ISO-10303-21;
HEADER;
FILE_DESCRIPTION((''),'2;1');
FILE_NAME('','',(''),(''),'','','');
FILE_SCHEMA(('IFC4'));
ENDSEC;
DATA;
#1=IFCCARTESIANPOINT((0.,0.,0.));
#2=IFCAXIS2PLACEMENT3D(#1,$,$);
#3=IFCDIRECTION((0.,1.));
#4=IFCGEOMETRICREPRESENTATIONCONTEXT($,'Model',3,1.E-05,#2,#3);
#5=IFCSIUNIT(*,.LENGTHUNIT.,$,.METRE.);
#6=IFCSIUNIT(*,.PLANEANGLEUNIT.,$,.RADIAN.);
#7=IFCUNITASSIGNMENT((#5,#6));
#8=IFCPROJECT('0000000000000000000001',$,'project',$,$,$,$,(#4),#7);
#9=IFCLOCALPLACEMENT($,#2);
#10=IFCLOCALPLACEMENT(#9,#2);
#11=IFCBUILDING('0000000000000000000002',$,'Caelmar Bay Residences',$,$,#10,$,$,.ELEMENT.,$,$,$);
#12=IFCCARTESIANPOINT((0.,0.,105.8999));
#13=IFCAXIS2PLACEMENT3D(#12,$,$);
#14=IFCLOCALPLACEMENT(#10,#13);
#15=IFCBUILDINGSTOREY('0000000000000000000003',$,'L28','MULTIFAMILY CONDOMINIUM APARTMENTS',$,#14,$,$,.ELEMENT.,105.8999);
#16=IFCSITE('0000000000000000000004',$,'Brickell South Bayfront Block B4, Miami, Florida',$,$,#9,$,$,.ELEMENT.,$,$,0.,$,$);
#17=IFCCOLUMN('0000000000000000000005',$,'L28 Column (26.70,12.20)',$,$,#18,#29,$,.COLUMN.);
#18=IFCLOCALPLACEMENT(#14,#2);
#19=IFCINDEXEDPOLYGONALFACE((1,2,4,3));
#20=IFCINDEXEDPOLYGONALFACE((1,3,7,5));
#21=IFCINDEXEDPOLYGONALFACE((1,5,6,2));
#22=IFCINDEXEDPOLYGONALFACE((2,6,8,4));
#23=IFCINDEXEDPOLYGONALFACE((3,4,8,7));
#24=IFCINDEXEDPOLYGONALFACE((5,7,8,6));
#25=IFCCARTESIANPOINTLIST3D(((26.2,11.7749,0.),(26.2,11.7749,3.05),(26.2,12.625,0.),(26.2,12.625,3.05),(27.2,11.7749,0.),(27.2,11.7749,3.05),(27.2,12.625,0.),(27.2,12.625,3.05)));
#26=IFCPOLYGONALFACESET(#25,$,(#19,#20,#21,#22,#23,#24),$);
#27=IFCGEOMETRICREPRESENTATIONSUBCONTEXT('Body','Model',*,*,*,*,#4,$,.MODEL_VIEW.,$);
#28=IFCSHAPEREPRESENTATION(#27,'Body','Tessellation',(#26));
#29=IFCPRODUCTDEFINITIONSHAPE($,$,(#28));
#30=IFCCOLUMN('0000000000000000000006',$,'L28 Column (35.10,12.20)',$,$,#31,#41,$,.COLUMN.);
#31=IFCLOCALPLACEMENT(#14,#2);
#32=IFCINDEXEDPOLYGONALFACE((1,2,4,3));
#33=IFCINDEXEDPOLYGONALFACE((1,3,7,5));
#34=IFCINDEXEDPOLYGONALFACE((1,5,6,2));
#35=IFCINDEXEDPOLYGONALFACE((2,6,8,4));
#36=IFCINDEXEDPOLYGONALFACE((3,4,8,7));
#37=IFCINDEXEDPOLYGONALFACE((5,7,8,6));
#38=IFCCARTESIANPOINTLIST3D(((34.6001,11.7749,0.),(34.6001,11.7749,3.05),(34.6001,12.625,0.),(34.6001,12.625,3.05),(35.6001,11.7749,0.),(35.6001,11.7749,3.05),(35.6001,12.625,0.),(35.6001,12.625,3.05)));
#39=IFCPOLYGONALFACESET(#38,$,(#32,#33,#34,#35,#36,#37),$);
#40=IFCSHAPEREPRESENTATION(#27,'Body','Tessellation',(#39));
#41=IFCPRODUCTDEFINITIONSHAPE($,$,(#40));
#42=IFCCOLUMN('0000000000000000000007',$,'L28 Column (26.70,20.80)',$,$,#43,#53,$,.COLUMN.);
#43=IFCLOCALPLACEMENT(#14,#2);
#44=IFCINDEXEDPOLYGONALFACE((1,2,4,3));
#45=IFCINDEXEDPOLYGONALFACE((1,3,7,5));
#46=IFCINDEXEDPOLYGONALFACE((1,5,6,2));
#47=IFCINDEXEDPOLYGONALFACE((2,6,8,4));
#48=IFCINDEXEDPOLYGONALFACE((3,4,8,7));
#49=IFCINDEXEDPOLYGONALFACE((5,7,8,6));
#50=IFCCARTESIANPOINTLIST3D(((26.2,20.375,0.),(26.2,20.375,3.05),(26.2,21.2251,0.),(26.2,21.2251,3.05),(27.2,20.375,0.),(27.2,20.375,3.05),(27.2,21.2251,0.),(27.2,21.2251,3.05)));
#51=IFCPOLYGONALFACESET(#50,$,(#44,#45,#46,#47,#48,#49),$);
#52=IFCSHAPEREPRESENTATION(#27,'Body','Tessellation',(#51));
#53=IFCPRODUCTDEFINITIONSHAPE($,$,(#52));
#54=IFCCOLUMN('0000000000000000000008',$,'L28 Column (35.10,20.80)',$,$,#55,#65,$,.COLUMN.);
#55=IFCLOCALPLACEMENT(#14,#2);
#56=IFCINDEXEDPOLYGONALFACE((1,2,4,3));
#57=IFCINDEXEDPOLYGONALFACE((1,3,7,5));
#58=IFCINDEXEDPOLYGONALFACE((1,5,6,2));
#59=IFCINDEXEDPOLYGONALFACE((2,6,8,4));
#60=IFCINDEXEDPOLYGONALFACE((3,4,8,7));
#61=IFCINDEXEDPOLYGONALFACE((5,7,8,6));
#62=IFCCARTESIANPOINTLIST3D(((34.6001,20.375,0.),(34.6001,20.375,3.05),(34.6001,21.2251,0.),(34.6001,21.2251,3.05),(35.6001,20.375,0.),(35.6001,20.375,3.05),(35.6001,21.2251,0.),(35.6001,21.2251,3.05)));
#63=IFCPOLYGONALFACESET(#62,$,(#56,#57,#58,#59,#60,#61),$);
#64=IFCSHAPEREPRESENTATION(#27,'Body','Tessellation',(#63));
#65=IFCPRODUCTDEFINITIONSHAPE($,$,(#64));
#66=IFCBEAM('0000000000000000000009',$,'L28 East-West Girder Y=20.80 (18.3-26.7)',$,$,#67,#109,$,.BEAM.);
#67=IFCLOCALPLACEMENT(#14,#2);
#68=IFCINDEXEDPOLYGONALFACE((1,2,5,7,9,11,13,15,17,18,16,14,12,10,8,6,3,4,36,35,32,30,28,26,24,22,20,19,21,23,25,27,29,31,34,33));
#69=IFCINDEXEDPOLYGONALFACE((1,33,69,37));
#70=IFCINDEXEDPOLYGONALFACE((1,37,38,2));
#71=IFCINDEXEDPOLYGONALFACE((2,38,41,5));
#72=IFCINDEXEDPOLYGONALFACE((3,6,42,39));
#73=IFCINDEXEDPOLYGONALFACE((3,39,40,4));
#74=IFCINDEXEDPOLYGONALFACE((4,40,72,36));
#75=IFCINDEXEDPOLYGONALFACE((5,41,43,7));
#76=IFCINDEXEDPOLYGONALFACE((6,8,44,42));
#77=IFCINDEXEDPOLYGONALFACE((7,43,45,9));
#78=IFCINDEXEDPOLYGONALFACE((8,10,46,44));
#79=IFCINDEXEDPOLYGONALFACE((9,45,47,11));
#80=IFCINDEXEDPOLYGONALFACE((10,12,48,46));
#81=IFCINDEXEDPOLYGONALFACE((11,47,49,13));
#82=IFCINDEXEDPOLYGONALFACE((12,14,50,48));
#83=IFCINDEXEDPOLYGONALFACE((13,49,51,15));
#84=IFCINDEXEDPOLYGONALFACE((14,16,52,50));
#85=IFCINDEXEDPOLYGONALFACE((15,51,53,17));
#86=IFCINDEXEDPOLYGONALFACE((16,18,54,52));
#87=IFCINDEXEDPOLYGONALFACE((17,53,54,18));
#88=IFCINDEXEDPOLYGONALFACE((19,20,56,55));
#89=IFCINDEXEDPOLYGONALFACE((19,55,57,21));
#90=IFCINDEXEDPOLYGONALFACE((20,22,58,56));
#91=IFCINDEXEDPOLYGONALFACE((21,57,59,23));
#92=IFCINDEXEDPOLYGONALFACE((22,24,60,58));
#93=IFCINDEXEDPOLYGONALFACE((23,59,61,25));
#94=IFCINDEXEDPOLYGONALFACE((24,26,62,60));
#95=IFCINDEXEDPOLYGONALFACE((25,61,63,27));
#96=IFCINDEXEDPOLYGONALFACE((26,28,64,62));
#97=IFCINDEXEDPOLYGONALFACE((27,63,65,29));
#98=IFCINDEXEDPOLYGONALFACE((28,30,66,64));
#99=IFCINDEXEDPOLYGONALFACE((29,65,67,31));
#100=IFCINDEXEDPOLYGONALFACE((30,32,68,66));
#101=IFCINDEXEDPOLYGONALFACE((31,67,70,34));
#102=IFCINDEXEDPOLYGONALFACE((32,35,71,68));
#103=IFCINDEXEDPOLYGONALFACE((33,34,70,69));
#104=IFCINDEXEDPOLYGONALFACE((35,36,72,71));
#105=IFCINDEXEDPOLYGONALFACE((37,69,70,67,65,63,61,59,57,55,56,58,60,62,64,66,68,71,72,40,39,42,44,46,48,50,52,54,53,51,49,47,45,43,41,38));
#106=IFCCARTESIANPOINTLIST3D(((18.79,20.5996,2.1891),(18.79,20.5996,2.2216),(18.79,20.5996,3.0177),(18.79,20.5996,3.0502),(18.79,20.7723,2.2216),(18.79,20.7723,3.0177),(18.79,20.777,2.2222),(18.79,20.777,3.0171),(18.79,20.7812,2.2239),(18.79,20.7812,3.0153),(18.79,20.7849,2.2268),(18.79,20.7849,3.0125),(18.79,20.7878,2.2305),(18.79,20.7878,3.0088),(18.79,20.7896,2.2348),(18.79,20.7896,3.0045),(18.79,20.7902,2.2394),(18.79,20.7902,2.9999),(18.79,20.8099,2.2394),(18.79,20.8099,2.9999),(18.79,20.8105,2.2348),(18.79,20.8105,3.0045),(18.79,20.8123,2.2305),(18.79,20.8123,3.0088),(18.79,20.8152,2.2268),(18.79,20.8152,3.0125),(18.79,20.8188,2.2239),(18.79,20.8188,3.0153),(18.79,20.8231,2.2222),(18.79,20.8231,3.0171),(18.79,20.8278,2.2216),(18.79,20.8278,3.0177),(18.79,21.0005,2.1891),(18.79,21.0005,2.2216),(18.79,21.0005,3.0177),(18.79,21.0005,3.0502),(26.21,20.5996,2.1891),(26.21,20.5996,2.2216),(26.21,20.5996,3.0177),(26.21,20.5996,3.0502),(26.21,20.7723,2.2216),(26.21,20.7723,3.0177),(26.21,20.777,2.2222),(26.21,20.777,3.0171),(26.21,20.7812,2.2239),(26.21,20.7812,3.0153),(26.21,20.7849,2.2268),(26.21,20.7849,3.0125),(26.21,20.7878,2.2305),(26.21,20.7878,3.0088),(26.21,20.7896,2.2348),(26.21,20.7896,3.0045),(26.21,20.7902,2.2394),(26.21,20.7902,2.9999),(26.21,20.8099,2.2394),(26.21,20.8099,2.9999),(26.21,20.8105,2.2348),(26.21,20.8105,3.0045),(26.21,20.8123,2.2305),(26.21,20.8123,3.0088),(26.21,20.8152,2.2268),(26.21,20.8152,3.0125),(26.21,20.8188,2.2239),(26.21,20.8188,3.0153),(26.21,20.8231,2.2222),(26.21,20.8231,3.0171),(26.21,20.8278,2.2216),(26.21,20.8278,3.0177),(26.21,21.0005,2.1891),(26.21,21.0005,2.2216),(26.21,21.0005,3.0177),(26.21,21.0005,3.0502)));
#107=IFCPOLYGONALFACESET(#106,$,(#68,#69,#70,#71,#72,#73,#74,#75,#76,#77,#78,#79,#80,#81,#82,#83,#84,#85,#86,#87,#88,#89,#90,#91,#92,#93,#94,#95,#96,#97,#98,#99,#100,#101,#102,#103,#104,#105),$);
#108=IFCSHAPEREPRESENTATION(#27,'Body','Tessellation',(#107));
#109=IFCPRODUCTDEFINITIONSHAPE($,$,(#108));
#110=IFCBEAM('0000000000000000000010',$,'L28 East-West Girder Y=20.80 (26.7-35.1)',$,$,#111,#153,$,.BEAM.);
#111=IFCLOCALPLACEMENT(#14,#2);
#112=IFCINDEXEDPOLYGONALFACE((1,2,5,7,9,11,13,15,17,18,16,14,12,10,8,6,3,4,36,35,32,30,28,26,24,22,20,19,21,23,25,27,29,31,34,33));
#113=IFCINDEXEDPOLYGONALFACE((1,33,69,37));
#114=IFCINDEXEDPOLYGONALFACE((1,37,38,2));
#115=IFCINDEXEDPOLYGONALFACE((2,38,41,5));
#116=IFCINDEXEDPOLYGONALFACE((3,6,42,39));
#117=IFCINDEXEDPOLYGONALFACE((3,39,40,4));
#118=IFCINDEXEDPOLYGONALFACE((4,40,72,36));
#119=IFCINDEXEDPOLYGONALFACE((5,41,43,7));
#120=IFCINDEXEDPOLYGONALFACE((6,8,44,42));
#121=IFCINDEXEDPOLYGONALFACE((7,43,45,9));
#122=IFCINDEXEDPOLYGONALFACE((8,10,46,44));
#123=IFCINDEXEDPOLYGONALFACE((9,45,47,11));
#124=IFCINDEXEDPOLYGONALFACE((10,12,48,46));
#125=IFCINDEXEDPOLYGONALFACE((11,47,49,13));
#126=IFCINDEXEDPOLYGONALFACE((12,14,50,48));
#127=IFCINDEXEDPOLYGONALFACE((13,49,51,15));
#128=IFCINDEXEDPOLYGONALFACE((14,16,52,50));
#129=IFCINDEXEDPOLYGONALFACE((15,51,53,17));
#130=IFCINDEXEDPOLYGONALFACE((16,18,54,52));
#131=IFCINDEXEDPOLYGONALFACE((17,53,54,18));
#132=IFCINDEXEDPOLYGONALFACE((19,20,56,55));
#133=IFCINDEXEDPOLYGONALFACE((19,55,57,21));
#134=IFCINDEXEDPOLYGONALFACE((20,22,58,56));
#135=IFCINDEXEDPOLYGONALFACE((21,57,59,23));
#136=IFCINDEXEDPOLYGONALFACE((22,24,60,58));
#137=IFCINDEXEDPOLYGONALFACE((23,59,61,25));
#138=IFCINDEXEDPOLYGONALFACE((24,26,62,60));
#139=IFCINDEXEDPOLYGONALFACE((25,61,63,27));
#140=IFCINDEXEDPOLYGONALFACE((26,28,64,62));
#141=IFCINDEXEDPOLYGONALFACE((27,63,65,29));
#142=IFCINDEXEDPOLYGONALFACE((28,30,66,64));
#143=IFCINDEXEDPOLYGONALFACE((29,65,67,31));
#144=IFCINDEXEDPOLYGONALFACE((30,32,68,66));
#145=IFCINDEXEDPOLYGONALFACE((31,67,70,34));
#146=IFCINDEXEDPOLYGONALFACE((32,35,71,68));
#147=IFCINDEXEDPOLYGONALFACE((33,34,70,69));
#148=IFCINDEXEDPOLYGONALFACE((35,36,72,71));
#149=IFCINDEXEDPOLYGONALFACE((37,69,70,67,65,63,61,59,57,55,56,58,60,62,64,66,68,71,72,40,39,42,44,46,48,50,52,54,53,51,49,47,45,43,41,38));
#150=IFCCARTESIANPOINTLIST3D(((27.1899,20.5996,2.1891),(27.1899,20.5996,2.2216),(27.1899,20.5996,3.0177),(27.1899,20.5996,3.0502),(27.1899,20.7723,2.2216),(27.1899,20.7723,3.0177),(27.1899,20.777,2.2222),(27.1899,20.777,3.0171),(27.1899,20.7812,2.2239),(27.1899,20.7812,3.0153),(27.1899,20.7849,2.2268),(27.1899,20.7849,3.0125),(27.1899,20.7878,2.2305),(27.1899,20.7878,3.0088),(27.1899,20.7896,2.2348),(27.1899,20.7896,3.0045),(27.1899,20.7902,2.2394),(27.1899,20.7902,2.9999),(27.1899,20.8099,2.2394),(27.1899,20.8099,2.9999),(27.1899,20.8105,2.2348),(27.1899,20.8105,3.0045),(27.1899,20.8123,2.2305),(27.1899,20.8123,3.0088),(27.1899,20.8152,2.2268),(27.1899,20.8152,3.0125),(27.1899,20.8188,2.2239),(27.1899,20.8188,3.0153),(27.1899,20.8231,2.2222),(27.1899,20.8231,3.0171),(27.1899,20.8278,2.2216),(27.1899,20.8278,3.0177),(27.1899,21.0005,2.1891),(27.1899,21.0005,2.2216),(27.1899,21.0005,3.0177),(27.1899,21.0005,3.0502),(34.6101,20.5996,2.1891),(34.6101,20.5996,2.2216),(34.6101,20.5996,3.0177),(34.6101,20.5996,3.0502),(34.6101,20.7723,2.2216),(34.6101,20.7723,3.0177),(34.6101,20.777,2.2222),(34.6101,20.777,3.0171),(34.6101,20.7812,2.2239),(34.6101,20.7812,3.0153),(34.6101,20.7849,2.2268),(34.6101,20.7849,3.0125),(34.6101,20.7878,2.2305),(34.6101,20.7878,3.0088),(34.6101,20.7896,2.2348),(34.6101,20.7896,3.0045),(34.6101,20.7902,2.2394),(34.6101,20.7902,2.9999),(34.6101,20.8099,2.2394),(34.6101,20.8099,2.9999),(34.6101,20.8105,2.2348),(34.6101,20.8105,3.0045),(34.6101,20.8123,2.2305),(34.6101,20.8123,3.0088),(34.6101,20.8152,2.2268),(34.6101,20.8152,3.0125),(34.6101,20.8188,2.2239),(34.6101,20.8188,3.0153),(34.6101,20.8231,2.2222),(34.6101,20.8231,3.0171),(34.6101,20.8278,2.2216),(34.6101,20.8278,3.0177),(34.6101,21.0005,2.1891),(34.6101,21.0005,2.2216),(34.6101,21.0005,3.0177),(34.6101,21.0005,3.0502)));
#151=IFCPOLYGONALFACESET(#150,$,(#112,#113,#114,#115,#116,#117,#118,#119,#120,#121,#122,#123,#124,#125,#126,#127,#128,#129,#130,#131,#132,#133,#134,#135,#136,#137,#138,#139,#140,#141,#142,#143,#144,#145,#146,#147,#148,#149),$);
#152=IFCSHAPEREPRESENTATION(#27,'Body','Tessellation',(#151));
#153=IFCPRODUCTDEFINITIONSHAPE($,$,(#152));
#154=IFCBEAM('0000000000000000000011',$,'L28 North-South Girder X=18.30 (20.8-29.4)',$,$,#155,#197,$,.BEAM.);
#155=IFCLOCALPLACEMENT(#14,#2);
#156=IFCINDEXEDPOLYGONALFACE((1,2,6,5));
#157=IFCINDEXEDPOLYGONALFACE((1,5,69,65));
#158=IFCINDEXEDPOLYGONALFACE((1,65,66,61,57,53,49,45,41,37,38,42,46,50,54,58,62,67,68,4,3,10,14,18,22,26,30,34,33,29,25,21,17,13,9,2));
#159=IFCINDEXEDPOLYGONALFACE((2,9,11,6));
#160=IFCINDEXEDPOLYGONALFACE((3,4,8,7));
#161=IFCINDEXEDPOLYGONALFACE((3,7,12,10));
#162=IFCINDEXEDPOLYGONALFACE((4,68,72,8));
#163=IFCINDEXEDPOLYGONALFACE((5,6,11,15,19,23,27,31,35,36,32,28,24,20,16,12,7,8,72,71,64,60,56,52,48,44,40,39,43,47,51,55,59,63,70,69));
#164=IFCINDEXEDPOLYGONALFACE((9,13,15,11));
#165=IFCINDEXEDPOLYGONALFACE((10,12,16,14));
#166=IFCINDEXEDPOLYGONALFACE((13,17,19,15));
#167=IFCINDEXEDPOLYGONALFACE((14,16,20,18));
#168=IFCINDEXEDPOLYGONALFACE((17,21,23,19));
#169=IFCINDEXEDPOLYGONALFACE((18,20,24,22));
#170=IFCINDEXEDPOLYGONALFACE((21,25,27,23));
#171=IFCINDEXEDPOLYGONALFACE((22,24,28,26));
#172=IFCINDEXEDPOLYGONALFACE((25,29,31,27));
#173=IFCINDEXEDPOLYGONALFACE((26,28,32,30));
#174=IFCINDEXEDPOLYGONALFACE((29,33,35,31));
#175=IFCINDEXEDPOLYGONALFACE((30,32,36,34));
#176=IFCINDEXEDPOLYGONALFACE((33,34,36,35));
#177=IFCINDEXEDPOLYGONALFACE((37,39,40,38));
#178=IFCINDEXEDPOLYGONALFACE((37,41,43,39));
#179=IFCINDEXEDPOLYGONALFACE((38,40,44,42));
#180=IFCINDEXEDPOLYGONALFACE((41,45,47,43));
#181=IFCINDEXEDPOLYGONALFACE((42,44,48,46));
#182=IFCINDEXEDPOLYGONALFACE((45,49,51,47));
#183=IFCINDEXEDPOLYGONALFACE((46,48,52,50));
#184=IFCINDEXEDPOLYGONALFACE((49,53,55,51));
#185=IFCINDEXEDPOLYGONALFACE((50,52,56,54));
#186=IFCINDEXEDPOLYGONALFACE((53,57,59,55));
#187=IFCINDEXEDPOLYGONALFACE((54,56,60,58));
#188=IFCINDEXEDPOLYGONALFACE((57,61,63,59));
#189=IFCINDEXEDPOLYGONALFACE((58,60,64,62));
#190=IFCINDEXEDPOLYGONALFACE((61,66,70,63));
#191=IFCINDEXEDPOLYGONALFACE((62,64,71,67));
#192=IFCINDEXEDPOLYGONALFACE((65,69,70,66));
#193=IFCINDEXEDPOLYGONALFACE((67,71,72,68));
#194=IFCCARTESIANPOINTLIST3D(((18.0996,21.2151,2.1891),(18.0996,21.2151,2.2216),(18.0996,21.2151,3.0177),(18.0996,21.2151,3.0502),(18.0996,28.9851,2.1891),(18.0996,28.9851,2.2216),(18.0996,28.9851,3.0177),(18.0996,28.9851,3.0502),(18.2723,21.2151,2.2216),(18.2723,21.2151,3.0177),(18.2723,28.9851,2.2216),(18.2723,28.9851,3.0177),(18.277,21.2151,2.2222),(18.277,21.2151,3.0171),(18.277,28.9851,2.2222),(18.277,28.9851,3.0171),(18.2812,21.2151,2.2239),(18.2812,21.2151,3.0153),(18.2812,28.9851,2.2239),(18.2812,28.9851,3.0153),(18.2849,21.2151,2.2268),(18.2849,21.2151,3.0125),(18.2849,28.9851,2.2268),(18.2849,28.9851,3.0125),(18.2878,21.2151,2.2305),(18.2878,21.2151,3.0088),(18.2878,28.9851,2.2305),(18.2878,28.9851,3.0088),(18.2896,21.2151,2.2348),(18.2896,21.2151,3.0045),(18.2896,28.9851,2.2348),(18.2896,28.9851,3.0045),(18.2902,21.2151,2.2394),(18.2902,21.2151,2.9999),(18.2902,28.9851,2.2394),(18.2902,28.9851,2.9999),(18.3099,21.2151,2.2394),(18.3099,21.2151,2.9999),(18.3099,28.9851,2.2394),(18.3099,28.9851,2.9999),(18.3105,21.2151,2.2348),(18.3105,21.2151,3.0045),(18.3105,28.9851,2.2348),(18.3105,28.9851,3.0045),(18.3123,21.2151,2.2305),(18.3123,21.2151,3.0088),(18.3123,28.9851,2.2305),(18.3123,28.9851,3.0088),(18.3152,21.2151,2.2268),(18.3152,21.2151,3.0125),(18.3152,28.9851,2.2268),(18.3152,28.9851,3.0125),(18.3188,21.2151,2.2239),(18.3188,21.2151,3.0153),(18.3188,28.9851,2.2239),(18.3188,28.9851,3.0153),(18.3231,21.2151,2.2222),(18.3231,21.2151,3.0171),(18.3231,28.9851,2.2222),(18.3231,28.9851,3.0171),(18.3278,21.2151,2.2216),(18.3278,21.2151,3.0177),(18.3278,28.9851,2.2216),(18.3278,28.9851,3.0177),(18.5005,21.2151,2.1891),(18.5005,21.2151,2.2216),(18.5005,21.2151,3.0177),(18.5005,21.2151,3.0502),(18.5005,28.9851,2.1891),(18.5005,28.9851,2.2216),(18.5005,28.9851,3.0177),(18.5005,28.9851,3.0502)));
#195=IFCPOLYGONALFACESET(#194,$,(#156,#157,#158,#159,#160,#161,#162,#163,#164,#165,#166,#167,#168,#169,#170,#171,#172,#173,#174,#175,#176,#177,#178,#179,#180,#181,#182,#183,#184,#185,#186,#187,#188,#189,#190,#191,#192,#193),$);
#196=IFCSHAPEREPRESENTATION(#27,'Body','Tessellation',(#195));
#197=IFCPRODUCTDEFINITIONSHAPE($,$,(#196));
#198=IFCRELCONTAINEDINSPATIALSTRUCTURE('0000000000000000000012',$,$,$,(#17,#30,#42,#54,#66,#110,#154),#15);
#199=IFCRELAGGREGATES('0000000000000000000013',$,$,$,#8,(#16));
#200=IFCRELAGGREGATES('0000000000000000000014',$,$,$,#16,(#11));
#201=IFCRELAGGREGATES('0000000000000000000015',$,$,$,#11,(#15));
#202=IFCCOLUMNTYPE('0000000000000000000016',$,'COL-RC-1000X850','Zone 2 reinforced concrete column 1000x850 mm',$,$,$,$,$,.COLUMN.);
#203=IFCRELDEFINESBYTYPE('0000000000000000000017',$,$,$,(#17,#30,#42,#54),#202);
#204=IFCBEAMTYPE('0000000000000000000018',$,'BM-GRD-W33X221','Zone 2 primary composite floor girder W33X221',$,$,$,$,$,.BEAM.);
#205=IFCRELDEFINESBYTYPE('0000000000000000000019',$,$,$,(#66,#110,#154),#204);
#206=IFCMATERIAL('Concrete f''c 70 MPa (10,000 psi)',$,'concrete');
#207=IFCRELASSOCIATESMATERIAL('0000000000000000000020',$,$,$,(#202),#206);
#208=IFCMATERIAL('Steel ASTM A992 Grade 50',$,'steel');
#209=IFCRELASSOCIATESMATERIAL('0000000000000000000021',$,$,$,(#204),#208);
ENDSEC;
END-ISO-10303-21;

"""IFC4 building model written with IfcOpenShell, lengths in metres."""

from ifc_helpers import new_model, si_unit, direction, frame, origin, origin_2d, place, context, subcontext, project, spatial, rectangle, i_section, extrude, material, material_profile, profile_set, type_object, element, save


model = new_model("IFC4")

# Units and contexts
model_context = context("Model", 3, precision=1e-05, world=origin(), true_north=direction((0.0, 1.0)))
body_context = subcontext(model_context, "Body", "Model", "MODEL_VIEW")
ifc_project = project(units=[si_unit("LENGTHUNIT", "METRE"), si_unit("PLANEANGLEUNIT", "RADIAN")], contexts=[model_context])

# Site, building, storey
site_placement = place(None, origin())
site = spatial("IfcSite", under=ifc_project, at=site_placement, Name="Brickell South Bayfront Block B4, Miami, Florida", CompositionType="ELEMENT", RefElevation=0.0)
building_placement = place(site_placement, origin())
building = spatial("IfcBuilding", under=site, at=building_placement, Name="Caelmar Bay Residences", CompositionType="ELEMENT")
storey_placement = place(building_placement, frame((0.0, 0.0, 105.8999)))
storey = spatial("IfcBuildingStorey", under=building, at=storey_placement, Name="L28", Description="MULTIFAMILY CONDOMINIUM APARTMENTS", CompositionType="ELEMENT", Elevation=105.8999)

# Columns
ifc_material_1 = material(Name="Concrete f'c 70 MPa (10,000 psi)", Category="concrete")
ifc_material_profile_1 = material_profile(ifc_material_1, rectangle(XDim=1.0, YDim=0.8501, at=origin_2d()), Name="RC-COL-1000X850")
ifc_profile_set_1 = profile_set([ifc_material_profile_1], Name="Concrete f'c 70 MPa (10,000 psi)")
column_type = type_object("IfcColumnType", Name="COL-RC-1000X850", Description="Zone 2 reinforced concrete column 1000x850 mm", PredefinedType="COLUMN", material=ifc_profile_set_1)
for number, where, z_axis, x_axis, name in (
    (1, (26.7, 12.2, 0.0), (0.0, 0.0, 1.0), (1.0, 0.0, 0.0), "L28 Column (26.70,12.20)"),
    (2, (35.1001, 12.2, 0.0), (0.0, 0.0, 1.0), (1.0, 0.0, 0.0), "L28 Column (35.10,12.20)"),
    (3, (26.7, 20.8, 0.0), (0.0, 0.0, 1.0), (1.0, 0.0, 0.0), "L28 Column (26.70,20.80)"),
    (4, (35.1001, 20.8, 0.0), (0.0, 0.0, 1.0), (1.0, 0.0, 0.0), "L28 Column (35.10,20.80)"),
):
    element("IfcColumn", number, at=place(storey_placement, frame(where, z_axis=z_axis, x_axis=x_axis)), inside=storey, type_object=column_type, Name=name, PredefinedType="COLUMN", context=body_context, shape_type="SweptSolid", body=[
        extrude(rectangle(XDim=1.0, YDim=0.8501, at=origin_2d()), origin(), (0.0, 0.0, 1.0), 3.05),
    ])

# Beams
ifc_material_2 = material(Name="Steel ASTM A992 Grade 50", Category="steel")
ifc_material_profile_2 = material_profile(ifc_material_2, i_section(OverallWidth=0.4009, OverallDepth=0.8611, WebThickness=0.0198, FlangeThickness=0.0325, FilletRadius=0.0178, at=origin_2d()), Name="W33X221")
ifc_profile_set_2 = profile_set([ifc_material_profile_2], Name="Steel ASTM A992 Grade 50")
beam_type_1 = type_object("IfcBeamType", Name="BM-GRD-W33X221", Description="Zone 2 primary composite floor girder W33X221", PredefinedType="BEAM", material=ifc_profile_set_2)
beam_1_placement = place(storey_placement, frame((18.79, 20.8, 2.6196), z_axis=(1.0, 0.0, 0.0), x_axis=(0.0, 1.0, 0.0)))
element("IfcBeam", 5, at=beam_1_placement, inside=storey, type_object=beam_type_1, Name="L28 East-West Girder Y=20.80 (18.3-26.7)", PredefinedType="BEAM", context=body_context, shape_type="SweptSolid", body=[
    extrude(i_section(OverallWidth=0.4009, OverallDepth=0.8611, WebThickness=0.0198, FlangeThickness=0.0325, FilletRadius=0.0178, at=origin_2d()), origin(), (0.0, 0.0, 1.0), 7.4199),
])
beam_2_placement = place(storey_placement, frame((27.1899, 20.8, 2.6196), z_axis=(1.0, 0.0, 0.0), x_axis=(0.0, 1.0, 0.0)))
element("IfcBeam", 6, at=beam_2_placement, inside=storey, type_object=beam_type_1, Name="L28 East-West Girder Y=20.80 (26.7-35.1)", PredefinedType="BEAM", context=body_context, shape_type="SweptSolid", body=[
    extrude(i_section(OverallWidth=0.4009, OverallDepth=0.8611, WebThickness=0.0198, FlangeThickness=0.0325, FilletRadius=0.0178, at=origin_2d()), origin(), (0.0, 0.0, 1.0), 7.4202),
])
for number, where, z_axis, x_axis, name in (
    (7, (18.3, 21.2151, 2.6196), (0.0, 1.0, 0.0), (-1.0, 0.0, 0.0), "L28 North-South Girder X=18.30 (20.8-29.4)"),
):
    element("IfcBeam", number, at=place(storey_placement, frame(where, z_axis=z_axis, x_axis=x_axis)), inside=storey, type_object=beam_type_1, Name=name, PredefinedType="BEAM", context=body_context, shape_type="SweptSolid", body=[
        extrude(i_section(OverallWidth=0.4009, OverallDepth=0.8611, WebThickness=0.0198, FlangeThickness=0.0325, FilletRadius=0.0178, at=origin_2d()), origin(), (0.0, 0.0, 1.0), 7.77),
    ])

save(model, "model.ifc")
